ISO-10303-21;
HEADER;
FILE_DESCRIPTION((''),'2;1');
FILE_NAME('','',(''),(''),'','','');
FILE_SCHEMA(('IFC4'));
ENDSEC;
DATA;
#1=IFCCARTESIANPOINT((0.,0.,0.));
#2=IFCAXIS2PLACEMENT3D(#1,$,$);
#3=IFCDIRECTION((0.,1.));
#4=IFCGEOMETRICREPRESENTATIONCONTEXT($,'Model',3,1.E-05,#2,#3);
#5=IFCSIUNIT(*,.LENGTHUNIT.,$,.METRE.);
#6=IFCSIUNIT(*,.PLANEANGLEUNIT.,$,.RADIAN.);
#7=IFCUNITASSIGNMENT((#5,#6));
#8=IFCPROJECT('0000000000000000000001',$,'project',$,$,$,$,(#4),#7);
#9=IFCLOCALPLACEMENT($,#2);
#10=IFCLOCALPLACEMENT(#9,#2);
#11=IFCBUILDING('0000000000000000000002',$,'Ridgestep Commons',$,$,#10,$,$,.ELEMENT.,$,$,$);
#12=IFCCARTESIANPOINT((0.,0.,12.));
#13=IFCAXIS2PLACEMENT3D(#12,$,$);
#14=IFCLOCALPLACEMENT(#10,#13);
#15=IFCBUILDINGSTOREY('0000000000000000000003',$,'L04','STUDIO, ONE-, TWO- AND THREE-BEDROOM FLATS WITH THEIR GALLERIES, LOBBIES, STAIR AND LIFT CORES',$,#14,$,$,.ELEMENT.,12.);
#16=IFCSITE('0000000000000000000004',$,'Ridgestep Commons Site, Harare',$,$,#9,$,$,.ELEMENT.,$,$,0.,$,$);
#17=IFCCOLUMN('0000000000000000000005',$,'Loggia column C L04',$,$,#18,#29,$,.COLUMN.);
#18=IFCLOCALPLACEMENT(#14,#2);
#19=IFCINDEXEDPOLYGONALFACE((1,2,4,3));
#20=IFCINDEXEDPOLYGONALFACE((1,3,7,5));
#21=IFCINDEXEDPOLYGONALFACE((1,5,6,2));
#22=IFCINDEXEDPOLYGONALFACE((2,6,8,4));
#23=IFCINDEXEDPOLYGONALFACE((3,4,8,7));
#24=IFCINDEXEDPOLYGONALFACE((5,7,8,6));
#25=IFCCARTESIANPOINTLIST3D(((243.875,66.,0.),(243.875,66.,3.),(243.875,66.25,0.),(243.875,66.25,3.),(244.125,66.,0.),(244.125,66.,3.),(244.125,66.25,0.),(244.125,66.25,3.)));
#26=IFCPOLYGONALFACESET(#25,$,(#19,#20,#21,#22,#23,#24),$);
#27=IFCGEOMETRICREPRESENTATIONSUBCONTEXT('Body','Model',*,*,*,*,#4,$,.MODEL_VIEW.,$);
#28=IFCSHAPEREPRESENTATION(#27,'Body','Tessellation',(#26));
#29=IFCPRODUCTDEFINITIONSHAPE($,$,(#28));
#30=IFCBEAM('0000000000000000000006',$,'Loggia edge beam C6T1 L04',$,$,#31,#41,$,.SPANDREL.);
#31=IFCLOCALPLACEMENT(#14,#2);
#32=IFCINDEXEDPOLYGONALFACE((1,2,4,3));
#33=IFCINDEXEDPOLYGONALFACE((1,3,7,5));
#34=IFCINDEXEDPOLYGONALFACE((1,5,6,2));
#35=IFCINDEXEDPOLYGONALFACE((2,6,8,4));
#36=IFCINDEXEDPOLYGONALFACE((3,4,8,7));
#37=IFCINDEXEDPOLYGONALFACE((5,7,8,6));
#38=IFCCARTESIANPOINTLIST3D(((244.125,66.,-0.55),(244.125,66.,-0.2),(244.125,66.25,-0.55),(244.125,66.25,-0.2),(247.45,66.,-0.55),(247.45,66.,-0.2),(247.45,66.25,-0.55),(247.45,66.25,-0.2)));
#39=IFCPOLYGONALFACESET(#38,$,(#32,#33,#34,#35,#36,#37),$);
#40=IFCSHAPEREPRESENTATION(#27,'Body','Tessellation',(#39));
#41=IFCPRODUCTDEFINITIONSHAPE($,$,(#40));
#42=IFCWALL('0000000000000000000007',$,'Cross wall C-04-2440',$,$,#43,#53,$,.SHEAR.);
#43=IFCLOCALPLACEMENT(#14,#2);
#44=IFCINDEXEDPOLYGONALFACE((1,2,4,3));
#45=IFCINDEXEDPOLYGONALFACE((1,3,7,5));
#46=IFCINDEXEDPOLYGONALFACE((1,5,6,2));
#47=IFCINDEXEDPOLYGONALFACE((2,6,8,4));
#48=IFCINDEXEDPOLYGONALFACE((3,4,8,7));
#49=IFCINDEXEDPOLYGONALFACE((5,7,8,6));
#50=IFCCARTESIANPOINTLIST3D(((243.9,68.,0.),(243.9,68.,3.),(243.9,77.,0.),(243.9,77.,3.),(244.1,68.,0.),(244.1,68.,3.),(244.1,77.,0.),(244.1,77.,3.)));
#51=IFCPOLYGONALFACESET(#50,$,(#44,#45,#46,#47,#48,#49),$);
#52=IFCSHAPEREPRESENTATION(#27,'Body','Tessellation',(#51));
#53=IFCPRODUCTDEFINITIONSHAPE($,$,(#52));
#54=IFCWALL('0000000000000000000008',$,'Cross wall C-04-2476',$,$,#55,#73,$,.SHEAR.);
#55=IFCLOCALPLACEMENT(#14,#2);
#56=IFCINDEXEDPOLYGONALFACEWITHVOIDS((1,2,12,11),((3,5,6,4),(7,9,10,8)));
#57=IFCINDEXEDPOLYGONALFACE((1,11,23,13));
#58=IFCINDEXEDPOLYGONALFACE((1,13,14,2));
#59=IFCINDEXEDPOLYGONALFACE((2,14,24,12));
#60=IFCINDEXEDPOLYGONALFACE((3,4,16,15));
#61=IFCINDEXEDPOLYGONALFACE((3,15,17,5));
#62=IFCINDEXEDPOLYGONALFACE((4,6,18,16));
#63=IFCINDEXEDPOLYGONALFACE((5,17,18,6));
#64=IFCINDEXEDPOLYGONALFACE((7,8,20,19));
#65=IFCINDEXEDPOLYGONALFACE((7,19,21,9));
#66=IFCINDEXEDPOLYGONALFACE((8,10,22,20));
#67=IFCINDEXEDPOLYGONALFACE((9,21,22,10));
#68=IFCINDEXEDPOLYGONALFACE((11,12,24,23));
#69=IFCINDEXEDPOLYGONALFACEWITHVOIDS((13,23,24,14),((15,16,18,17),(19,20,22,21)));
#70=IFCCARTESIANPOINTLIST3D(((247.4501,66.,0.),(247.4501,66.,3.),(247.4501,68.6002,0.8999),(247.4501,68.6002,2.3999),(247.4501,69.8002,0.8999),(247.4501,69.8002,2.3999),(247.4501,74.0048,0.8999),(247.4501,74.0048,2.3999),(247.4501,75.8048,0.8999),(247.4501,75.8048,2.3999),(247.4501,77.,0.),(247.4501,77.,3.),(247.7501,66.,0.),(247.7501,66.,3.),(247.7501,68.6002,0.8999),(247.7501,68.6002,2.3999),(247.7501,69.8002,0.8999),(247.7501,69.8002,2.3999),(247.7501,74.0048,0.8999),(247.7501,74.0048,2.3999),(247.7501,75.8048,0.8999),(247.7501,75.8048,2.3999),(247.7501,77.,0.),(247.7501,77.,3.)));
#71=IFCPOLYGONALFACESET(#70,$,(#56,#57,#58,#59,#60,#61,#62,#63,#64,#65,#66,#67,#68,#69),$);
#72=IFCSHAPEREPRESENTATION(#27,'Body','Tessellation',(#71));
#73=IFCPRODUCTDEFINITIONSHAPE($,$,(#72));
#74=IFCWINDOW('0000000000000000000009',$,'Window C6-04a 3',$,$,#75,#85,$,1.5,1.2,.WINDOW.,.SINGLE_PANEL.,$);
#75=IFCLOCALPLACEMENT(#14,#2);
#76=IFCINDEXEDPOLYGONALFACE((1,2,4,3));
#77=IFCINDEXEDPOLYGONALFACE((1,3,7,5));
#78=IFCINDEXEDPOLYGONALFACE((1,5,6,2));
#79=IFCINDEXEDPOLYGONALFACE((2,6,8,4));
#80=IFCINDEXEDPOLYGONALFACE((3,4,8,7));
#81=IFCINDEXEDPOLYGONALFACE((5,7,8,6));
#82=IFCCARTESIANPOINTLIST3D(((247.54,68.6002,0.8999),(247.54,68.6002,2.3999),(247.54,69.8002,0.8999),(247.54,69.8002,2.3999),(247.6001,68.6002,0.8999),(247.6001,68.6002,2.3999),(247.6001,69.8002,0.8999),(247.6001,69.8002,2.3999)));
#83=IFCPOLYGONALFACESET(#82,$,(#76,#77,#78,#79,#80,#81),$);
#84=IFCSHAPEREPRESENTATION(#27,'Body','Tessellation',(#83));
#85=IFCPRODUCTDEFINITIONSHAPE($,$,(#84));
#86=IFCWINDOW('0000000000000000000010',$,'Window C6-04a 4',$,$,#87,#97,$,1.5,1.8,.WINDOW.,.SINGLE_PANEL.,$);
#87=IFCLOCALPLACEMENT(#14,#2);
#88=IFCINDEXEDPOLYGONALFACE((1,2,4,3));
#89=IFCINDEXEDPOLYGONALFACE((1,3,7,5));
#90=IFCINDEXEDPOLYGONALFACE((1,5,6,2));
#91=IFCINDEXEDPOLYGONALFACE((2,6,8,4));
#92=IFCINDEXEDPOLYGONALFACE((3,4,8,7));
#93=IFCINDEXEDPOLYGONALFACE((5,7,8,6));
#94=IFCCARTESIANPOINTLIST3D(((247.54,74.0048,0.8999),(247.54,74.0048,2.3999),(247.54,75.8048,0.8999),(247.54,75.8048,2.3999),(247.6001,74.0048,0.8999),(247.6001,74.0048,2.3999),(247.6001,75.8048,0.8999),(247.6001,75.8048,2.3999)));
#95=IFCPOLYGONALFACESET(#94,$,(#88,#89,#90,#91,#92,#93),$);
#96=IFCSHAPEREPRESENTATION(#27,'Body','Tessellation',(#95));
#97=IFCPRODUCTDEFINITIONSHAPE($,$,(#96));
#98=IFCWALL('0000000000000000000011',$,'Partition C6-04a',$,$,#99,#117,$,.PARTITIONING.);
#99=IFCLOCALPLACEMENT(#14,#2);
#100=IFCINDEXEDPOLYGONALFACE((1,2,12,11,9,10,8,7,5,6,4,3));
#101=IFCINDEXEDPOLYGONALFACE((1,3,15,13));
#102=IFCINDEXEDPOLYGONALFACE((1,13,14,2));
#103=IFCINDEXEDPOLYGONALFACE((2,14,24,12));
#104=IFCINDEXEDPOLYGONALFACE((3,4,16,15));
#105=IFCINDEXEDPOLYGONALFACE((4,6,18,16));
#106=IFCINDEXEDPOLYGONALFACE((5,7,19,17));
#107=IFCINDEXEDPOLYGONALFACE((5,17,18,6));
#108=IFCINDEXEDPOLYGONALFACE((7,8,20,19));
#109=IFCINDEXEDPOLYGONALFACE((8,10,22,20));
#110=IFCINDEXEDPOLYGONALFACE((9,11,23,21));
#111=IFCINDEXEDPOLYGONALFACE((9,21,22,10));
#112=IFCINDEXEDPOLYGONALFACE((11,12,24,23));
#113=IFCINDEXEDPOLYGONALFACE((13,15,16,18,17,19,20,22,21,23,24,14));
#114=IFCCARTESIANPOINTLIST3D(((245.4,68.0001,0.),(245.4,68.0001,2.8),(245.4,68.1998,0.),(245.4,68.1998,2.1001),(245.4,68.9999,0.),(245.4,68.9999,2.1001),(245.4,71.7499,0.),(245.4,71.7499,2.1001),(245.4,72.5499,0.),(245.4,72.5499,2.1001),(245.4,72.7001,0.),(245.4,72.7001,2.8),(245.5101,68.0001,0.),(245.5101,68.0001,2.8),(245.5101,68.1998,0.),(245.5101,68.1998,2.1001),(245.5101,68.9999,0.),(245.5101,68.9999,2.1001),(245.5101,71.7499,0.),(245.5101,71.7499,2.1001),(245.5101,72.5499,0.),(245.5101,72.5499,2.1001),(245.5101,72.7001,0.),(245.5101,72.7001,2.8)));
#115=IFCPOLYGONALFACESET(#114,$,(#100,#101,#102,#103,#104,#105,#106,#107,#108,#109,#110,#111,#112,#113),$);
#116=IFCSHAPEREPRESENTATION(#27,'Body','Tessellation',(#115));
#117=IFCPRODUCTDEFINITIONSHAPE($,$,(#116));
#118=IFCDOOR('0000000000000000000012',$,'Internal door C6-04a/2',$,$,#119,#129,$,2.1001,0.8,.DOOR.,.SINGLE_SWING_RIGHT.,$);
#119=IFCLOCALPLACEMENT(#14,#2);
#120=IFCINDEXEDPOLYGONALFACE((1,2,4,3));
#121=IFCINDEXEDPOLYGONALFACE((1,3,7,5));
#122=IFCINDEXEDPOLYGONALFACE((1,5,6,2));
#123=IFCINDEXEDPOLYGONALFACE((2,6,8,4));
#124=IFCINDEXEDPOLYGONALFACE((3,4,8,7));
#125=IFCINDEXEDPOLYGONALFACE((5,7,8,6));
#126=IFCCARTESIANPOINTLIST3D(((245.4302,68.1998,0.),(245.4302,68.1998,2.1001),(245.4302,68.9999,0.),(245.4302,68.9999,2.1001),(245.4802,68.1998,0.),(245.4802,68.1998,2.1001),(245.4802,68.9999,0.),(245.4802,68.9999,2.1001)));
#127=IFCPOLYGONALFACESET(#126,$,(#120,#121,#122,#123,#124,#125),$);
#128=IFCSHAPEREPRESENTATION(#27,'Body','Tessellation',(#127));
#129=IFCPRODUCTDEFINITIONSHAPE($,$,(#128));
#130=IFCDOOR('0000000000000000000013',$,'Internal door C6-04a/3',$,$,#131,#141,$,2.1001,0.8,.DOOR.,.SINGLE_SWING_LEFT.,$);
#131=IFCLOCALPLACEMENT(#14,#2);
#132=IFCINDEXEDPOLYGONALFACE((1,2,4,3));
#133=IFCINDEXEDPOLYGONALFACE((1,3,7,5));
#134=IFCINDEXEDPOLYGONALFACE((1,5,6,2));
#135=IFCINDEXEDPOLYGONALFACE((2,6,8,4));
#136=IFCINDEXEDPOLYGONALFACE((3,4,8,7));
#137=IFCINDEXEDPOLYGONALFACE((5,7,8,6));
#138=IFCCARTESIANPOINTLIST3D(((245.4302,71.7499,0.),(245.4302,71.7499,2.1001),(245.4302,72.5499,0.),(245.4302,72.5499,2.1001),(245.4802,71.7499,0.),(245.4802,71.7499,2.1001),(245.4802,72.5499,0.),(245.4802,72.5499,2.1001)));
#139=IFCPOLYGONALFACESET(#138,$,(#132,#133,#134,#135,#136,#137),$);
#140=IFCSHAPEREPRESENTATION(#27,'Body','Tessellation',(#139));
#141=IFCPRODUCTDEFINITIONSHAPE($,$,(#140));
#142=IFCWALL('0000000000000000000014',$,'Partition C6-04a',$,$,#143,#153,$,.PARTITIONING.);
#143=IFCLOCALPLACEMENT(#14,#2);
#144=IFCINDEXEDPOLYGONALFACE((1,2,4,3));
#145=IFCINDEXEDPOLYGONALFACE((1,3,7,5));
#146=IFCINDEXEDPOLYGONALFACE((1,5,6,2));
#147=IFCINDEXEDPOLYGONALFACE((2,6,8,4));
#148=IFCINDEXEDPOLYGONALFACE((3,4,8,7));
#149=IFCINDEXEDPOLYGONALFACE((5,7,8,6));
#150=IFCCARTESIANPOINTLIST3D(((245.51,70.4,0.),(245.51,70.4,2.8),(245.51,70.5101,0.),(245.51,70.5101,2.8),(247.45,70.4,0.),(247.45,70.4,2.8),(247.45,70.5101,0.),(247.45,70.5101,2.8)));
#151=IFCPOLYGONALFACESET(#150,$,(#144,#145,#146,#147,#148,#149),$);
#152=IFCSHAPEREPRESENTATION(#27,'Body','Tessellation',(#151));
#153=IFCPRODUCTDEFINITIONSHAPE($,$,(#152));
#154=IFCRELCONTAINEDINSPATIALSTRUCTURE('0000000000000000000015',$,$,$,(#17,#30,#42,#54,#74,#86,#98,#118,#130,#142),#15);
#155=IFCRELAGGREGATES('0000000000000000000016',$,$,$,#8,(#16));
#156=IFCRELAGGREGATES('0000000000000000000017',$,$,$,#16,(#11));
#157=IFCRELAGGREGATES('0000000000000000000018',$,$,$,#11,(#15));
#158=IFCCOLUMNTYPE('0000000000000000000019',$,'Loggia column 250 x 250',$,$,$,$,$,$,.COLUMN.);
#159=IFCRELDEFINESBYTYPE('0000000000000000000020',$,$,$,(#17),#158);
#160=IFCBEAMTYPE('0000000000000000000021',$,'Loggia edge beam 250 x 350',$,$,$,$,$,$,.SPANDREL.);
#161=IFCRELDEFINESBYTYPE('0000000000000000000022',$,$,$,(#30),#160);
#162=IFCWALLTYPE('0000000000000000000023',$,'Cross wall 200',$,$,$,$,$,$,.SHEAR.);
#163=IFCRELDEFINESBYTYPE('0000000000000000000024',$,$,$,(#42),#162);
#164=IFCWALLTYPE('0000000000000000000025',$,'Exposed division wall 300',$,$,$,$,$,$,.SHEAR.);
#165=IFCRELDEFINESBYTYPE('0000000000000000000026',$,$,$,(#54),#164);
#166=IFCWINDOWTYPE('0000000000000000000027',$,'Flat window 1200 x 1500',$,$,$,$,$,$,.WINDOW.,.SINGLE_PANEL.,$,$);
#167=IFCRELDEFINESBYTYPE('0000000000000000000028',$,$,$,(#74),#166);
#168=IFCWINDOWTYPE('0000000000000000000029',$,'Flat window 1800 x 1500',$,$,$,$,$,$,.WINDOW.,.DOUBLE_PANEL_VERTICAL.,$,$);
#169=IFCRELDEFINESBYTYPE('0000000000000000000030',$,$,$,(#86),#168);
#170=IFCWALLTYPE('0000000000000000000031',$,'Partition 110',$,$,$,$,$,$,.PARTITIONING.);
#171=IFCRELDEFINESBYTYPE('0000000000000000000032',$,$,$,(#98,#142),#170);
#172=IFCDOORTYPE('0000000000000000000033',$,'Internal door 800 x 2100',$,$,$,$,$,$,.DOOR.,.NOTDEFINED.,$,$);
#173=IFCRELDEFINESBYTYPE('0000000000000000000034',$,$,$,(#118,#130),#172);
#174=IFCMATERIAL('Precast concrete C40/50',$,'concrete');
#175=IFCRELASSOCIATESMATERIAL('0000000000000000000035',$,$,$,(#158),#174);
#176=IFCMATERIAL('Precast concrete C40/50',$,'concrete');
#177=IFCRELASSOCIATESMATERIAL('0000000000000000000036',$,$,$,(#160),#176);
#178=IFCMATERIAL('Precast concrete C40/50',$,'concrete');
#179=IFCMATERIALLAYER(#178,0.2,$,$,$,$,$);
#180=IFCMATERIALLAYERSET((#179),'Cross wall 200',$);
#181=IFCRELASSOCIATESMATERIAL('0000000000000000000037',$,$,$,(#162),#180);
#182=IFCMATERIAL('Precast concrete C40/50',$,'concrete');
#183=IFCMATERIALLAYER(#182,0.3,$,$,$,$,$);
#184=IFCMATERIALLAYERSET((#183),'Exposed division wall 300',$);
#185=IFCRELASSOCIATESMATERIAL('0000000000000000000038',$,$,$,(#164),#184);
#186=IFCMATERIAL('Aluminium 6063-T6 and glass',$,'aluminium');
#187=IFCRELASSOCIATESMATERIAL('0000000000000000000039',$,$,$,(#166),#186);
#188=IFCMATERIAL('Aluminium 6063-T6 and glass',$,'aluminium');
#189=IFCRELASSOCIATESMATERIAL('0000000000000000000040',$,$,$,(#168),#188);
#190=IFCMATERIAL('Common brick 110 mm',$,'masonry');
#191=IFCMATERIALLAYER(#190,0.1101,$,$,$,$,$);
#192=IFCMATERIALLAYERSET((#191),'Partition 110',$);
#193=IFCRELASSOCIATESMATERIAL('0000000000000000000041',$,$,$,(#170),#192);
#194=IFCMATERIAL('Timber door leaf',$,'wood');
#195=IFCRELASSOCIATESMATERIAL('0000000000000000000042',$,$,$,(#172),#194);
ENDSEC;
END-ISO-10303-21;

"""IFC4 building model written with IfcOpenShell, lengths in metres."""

from ifc_helpers import new_model, si_unit, direction, frame, frame_2d, origin, origin_2d, place, context, subcontext, project, spatial, rectangle, extrude, material, layer, layer_set, material_profile, profile_set, type_object, element, fill, save


model = new_model("IFC4")

# Units and contexts
model_context = context("Model", 3, precision=1e-05, world=origin(), true_north=direction((0.0, 1.0)))
body_context = subcontext(model_context, "Body", "Model", "MODEL_VIEW")
ifc_project = project(units=[si_unit("LENGTHUNIT", "METRE"), si_unit("PLANEANGLEUNIT", "RADIAN")], contexts=[model_context])

# Site, building, storey
site_placement = place(None, origin())
site = spatial("IfcSite", under=ifc_project, at=site_placement, Name="Ridgestep Commons Site, Harare", CompositionType="ELEMENT", RefElevation=0.0)
building_placement = place(site_placement, origin())
building = spatial("IfcBuilding", under=site, at=building_placement, Name="Ridgestep Commons", CompositionType="ELEMENT")
storey_placement = place(building_placement, frame((0.0, 0.0, 12.0)))
storey = spatial("IfcBuildingStorey", under=building, at=storey_placement, Name="L04", Description="STUDIO, ONE-, TWO- AND THREE-BEDROOM FLATS WITH THEIR GALLERIES, LOBBIES, STAIR AND LIFT CORES", CompositionType="ELEMENT", Elevation=12.0)

# Column
ifc_material_1 = material(Name="Precast concrete C40/50", Category="concrete")
ifc_material_profile_1 = material_profile(ifc_material_1, rectangle(XDim=0.25, YDim=0.25, at=origin_2d()), Name="PC 250x250")
ifc_profile_set_1 = profile_set([ifc_material_profile_1], Name="Precast concrete C40/50")
column_type = type_object("IfcColumnType", Name="Loggia column 250 x 250", PredefinedType="COLUMN", material=ifc_profile_set_1)
column_placement = place(storey_placement, frame((244.0, 66.125, 0.0), z_axis=(0.0, 0.0, 1.0), x_axis=(1.0, 0.0, 0.0)))
element("IfcColumn", 1, at=column_placement, inside=storey, type_object=column_type, Name="Loggia column C L04", PredefinedType="COLUMN", context=body_context, shape_type="SweptSolid", body=[
    extrude(rectangle(XDim=0.25, YDim=0.25, at=origin_2d()), origin(), (0.0, 0.0, 1.0), 3.0),
])

# Beam
ifc_material_2 = material(Name="Precast concrete C40/50", Category="concrete")
ifc_material_profile_2 = material_profile(ifc_material_2, rectangle(XDim=0.25, YDim=0.3501, at=origin_2d()), Name="PC 250x350")
ifc_profile_set_2 = profile_set([ifc_material_profile_2], Name="Precast concrete C40/50")
beam_type = type_object("IfcBeamType", Name="Loggia edge beam 250 x 350", PredefinedType="SPANDREL", material=ifc_profile_set_2)
beam_placement = place(storey_placement, frame((244.125, 66.125, -0.375), z_axis=(1.0, 0.0, 0.0), x_axis=(0.0, 1.0, 0.0)))
element("IfcBeam", 2, at=beam_placement, inside=storey, type_object=beam_type, Name="Loggia edge beam C6T1 L04", PredefinedType="SPANDREL", context=body_context, shape_type="SweptSolid", body=[
    extrude(rectangle(XDim=0.25, YDim=0.3501, at=origin_2d()), origin(), (0.0, 0.0, 1.0), 3.325),
])

# Wall
ifc_material_3 = material(Name="Precast concrete C40/50", Category="concrete")
ifc_layer_1 = layer(ifc_material_3, 0.2)
ifc_layer_set_1 = layer_set([ifc_layer_1], Name="Cross wall 200")
wall_type_1 = type_object("IfcWallType", Name="Cross wall 200", PredefinedType="SHEAR", material=ifc_layer_set_1)
wall_1_placement = place(storey_placement, frame((244.0, 68.0, 0.0), z_axis=(0.0, 0.0, 1.0), x_axis=(0.0, 1.0, 0.0)))
element("IfcWall", 3, at=wall_1_placement, inside=storey, type_object=wall_type_1, Name="Cross wall C-04-2440", PredefinedType="SHEAR", context=body_context, shape_type="SweptSolid", body=[
    extrude(rectangle(XDim=9.0, YDim=0.2, at=frame_2d((4.5, 0.0))), origin(), (0.0, 0.0, 1.0), 3.0),
])

# Wall, openings, windows
ifc_material_4 = material(Name="Precast concrete C40/50", Category="concrete")
ifc_layer_2 = layer(ifc_material_4, 0.3)
ifc_layer_set_2 = layer_set([ifc_layer_2], Name="Exposed division wall 300")
wall_type_2 = type_object("IfcWallType", Name="Exposed division wall 300", PredefinedType="SHEAR", material=ifc_layer_set_2)
wall_2_placement = place(storey_placement, frame((247.6001, 66.0, 0.0), z_axis=(0.0, 0.0, 1.0), x_axis=(0.0, 1.0, 0.0)))
wall_2 = element("IfcWall", 4, at=wall_2_placement, inside=storey, type_object=wall_type_2, Name="Cross wall C-04-2476", PredefinedType="SHEAR", context=body_context, shape_type="SweptSolid", body=[
    extrude(rectangle(XDim=11.0, YDim=0.3, at=frame_2d((5.5, 0.0))), origin(), (0.0, 0.0, 1.0), 3.0),
])
opening_1_placement = place(wall_2_placement, frame((2.6001, 0.0, 0.8999)))
opening_1 = element("IfcOpeningElement", 5, at=opening_1_placement, cuts=wall_2, PredefinedType="OPENING", context=body_context, shape_type="SweptSolid", body=[
    extrude(rectangle(XDim=1.2, YDim=1.5, at=frame_2d((0.6001, 0.75))), frame((0.0, 0.1599, 0.0), z_axis=(0.0, -1.0, 0.0), x_axis=(1.0, 0.0, 0.0)), (0.0, 0.0, 1.0), 0.3201),
])
opening_2_placement = place(wall_2_placement, frame((8.0049, 0.0, 0.8999)))
opening_2 = element("IfcOpeningElement", 6, at=opening_2_placement, cuts=wall_2, PredefinedType="OPENING", context=body_context, shape_type="SweptSolid", body=[
    extrude(rectangle(XDim=1.8, YDim=1.5, at=frame_2d((0.8999, 0.75))), frame((0.0, 0.1599, 0.0), z_axis=(0.0, -1.0, 0.0), x_axis=(1.0, 0.0, 0.0)), (0.0, 0.0, 1.0), 0.3201),
])
ifc_material_5 = material(Name="Aluminium 6063-T6 and glass", Category="aluminium")
window_type_1 = type_object("IfcWindowType", Name="Flat window 1200 x 1500", PartitioningType="SINGLE_PANEL", PredefinedType="WINDOW", material=ifc_material_5)
window_1_placement = place(opening_1_placement, origin())
window_1 = element("IfcWindow", 7, at=window_1_placement, inside=storey, type_object=window_type_1, Name="Window C6-04a 3", OverallHeight=1.5, OverallWidth=1.2, PartitioningType="SINGLE_PANEL", PredefinedType="WINDOW", context=body_context, shape_type="SweptSolid", body=[
    extrude(rectangle(XDim=1.2, YDim=1.5, at=frame_2d((0.6001, 0.75))), frame((0.0, 0.0601, 0.0), z_axis=(0.0, -1.0, 0.0), x_axis=(1.0, 0.0, 0.0)), (0.0, 0.0, 1.0), 0.0601),
])
fill(opening_1, window_1)
ifc_material_6 = material(Name="Aluminium 6063-T6 and glass", Category="aluminium")
window_type_2 = type_object("IfcWindowType", Name="Flat window 1800 x 1500", PartitioningType="DOUBLE_PANEL_VERTICAL", PredefinedType="WINDOW", material=ifc_material_6)
window_2_placement = place(opening_2_placement, origin())
window_2 = element("IfcWindow", 8, at=window_2_placement, inside=storey, type_object=window_type_2, Name="Window C6-04a 4", OverallHeight=1.5, OverallWidth=1.8, PartitioningType="SINGLE_PANEL", PredefinedType="WINDOW", context=body_context, shape_type="SweptSolid", body=[
    extrude(rectangle(XDim=1.8, YDim=1.5, at=frame_2d((0.8999, 0.75))), frame((0.0, 0.0601, 0.0), z_axis=(0.0, -1.0, 0.0), x_axis=(1.0, 0.0, 0.0)), (0.0, 0.0, 1.0), 0.0601),
])
fill(opening_2, window_2)

# Wall, openings, doors
ifc_material_7 = material(Name="Common brick 110 mm", Category="masonry")
ifc_layer_3 = layer(ifc_material_7, 0.1101)
ifc_layer_set_3 = layer_set([ifc_layer_3], Name="Partition 110")
wall_type_3 = type_object("IfcWallType", Name="Partition 110", PredefinedType="PARTITIONING", material=ifc_layer_set_3)
wall_3_placement = place(storey_placement, frame((245.4551, 68.0, 0.0), z_axis=(0.0, 0.0, 1.0), x_axis=(0.0, 1.0, 0.0)))
wall_3 = element("IfcWall", 9, at=wall_3_placement, inside=storey, type_object=wall_type_3, Name="Partition C6-04a", PredefinedType="PARTITIONING", context=body_context, shape_type="SweptSolid", body=[
    extrude(rectangle(XDim=4.7, YDim=0.1101, at=frame_2d((2.3501, 0.0))), origin(), (0.0, 0.0, 1.0), 2.8),
])
opening_3_placement = place(wall_3_placement, frame((0.2, 0.0, 0.0)))
opening_3 = element("IfcOpeningElement", 10, at=opening_3_placement, cuts=wall_3, PredefinedType="OPENING", context=body_context, shape_type="SweptSolid", body=[
    extrude(rectangle(XDim=0.8, YDim=2.1001, at=frame_2d((0.3999, 1.05))), frame((0.0, 0.0649, 0.0), z_axis=(0.0, -1.0, 0.0), x_axis=(1.0, 0.0, 0.0)), (0.0, 0.0, 1.0), 0.1301),
])
opening_4_placement = place(wall_3_placement, frame((3.75, 0.0, 0.0)))
opening_4 = element("IfcOpeningElement", 11, at=opening_4_placement, cuts=wall_3, PredefinedType="OPENING", context=body_context, shape_type="SweptSolid", body=[
    extrude(rectangle(XDim=0.8, YDim=2.1001, at=frame_2d((0.3999, 1.05))), frame((0.0, 0.0649, 0.0), z_axis=(0.0, -1.0, 0.0), x_axis=(1.0, 0.0, 0.0)), (0.0, 0.0, 1.0), 0.1301),
])
ifc_material_8 = material(Name="Timber door leaf", Category="wood")
door_type_1 = type_object("IfcDoorType", Name="Internal door 800 x 2100", OperationType="NOTDEFINED", PredefinedType="DOOR", material=ifc_material_8)
door_1_placement = place(opening_3_placement, origin())
door_1 = element("IfcDoor", 12, at=door_1_placement, inside=storey, type_object=door_type_1, Name="Internal door C6-04a/2", OperationType="SINGLE_SWING_RIGHT", OverallHeight=2.1001, OverallWidth=0.8, PredefinedType="DOOR", context=body_context, shape_type="SweptSolid", body=[
    extrude(rectangle(XDim=0.8, YDim=2.1001, at=frame_2d((0.3999, 1.05))), frame((0.0, 0.0249, 0.0), z_axis=(0.0, -1.0, 0.0), x_axis=(1.0, 0.0, 0.0)), (0.0, 0.0, 1.0), 0.05),
])
fill(opening_3, door_1)
door_2_placement = place(opening_4_placement, origin())
door_2 = element("IfcDoor", 13, at=door_2_placement, inside=storey, type_object=door_type_1, Name="Internal door C6-04a/3", OperationType="SINGLE_SWING_LEFT", OverallHeight=2.1001, OverallWidth=0.8, PredefinedType="DOOR", context=body_context, shape_type="SweptSolid", body=[
    extrude(rectangle(XDim=0.8, YDim=2.1001, at=frame_2d((0.3999, 1.05))), frame((0.0, 0.0249, 0.0), z_axis=(0.0, -1.0, 0.0), x_axis=(1.0, 0.0, 0.0)), (0.0, 0.0, 1.0), 0.05),
])
fill(opening_4, door_2)

# Wall
wall_4_placement = place(storey_placement, frame((245.51, 70.4551, 0.0), z_axis=(0.0, 0.0, 1.0), x_axis=(1.0, 0.0, 0.0)))
element("IfcWall", 14, at=wall_4_placement, inside=storey, type_object=wall_type_3, Name="Partition C6-04a", PredefinedType="PARTITIONING", context=body_context, shape_type="SweptSolid", body=[
    extrude(rectangle(XDim=1.9399, YDim=0.1101, at=frame_2d((0.97, 0.0))), origin(), (0.0, 0.0, 1.0), 2.8),
])

save(model, "model.ifc")
